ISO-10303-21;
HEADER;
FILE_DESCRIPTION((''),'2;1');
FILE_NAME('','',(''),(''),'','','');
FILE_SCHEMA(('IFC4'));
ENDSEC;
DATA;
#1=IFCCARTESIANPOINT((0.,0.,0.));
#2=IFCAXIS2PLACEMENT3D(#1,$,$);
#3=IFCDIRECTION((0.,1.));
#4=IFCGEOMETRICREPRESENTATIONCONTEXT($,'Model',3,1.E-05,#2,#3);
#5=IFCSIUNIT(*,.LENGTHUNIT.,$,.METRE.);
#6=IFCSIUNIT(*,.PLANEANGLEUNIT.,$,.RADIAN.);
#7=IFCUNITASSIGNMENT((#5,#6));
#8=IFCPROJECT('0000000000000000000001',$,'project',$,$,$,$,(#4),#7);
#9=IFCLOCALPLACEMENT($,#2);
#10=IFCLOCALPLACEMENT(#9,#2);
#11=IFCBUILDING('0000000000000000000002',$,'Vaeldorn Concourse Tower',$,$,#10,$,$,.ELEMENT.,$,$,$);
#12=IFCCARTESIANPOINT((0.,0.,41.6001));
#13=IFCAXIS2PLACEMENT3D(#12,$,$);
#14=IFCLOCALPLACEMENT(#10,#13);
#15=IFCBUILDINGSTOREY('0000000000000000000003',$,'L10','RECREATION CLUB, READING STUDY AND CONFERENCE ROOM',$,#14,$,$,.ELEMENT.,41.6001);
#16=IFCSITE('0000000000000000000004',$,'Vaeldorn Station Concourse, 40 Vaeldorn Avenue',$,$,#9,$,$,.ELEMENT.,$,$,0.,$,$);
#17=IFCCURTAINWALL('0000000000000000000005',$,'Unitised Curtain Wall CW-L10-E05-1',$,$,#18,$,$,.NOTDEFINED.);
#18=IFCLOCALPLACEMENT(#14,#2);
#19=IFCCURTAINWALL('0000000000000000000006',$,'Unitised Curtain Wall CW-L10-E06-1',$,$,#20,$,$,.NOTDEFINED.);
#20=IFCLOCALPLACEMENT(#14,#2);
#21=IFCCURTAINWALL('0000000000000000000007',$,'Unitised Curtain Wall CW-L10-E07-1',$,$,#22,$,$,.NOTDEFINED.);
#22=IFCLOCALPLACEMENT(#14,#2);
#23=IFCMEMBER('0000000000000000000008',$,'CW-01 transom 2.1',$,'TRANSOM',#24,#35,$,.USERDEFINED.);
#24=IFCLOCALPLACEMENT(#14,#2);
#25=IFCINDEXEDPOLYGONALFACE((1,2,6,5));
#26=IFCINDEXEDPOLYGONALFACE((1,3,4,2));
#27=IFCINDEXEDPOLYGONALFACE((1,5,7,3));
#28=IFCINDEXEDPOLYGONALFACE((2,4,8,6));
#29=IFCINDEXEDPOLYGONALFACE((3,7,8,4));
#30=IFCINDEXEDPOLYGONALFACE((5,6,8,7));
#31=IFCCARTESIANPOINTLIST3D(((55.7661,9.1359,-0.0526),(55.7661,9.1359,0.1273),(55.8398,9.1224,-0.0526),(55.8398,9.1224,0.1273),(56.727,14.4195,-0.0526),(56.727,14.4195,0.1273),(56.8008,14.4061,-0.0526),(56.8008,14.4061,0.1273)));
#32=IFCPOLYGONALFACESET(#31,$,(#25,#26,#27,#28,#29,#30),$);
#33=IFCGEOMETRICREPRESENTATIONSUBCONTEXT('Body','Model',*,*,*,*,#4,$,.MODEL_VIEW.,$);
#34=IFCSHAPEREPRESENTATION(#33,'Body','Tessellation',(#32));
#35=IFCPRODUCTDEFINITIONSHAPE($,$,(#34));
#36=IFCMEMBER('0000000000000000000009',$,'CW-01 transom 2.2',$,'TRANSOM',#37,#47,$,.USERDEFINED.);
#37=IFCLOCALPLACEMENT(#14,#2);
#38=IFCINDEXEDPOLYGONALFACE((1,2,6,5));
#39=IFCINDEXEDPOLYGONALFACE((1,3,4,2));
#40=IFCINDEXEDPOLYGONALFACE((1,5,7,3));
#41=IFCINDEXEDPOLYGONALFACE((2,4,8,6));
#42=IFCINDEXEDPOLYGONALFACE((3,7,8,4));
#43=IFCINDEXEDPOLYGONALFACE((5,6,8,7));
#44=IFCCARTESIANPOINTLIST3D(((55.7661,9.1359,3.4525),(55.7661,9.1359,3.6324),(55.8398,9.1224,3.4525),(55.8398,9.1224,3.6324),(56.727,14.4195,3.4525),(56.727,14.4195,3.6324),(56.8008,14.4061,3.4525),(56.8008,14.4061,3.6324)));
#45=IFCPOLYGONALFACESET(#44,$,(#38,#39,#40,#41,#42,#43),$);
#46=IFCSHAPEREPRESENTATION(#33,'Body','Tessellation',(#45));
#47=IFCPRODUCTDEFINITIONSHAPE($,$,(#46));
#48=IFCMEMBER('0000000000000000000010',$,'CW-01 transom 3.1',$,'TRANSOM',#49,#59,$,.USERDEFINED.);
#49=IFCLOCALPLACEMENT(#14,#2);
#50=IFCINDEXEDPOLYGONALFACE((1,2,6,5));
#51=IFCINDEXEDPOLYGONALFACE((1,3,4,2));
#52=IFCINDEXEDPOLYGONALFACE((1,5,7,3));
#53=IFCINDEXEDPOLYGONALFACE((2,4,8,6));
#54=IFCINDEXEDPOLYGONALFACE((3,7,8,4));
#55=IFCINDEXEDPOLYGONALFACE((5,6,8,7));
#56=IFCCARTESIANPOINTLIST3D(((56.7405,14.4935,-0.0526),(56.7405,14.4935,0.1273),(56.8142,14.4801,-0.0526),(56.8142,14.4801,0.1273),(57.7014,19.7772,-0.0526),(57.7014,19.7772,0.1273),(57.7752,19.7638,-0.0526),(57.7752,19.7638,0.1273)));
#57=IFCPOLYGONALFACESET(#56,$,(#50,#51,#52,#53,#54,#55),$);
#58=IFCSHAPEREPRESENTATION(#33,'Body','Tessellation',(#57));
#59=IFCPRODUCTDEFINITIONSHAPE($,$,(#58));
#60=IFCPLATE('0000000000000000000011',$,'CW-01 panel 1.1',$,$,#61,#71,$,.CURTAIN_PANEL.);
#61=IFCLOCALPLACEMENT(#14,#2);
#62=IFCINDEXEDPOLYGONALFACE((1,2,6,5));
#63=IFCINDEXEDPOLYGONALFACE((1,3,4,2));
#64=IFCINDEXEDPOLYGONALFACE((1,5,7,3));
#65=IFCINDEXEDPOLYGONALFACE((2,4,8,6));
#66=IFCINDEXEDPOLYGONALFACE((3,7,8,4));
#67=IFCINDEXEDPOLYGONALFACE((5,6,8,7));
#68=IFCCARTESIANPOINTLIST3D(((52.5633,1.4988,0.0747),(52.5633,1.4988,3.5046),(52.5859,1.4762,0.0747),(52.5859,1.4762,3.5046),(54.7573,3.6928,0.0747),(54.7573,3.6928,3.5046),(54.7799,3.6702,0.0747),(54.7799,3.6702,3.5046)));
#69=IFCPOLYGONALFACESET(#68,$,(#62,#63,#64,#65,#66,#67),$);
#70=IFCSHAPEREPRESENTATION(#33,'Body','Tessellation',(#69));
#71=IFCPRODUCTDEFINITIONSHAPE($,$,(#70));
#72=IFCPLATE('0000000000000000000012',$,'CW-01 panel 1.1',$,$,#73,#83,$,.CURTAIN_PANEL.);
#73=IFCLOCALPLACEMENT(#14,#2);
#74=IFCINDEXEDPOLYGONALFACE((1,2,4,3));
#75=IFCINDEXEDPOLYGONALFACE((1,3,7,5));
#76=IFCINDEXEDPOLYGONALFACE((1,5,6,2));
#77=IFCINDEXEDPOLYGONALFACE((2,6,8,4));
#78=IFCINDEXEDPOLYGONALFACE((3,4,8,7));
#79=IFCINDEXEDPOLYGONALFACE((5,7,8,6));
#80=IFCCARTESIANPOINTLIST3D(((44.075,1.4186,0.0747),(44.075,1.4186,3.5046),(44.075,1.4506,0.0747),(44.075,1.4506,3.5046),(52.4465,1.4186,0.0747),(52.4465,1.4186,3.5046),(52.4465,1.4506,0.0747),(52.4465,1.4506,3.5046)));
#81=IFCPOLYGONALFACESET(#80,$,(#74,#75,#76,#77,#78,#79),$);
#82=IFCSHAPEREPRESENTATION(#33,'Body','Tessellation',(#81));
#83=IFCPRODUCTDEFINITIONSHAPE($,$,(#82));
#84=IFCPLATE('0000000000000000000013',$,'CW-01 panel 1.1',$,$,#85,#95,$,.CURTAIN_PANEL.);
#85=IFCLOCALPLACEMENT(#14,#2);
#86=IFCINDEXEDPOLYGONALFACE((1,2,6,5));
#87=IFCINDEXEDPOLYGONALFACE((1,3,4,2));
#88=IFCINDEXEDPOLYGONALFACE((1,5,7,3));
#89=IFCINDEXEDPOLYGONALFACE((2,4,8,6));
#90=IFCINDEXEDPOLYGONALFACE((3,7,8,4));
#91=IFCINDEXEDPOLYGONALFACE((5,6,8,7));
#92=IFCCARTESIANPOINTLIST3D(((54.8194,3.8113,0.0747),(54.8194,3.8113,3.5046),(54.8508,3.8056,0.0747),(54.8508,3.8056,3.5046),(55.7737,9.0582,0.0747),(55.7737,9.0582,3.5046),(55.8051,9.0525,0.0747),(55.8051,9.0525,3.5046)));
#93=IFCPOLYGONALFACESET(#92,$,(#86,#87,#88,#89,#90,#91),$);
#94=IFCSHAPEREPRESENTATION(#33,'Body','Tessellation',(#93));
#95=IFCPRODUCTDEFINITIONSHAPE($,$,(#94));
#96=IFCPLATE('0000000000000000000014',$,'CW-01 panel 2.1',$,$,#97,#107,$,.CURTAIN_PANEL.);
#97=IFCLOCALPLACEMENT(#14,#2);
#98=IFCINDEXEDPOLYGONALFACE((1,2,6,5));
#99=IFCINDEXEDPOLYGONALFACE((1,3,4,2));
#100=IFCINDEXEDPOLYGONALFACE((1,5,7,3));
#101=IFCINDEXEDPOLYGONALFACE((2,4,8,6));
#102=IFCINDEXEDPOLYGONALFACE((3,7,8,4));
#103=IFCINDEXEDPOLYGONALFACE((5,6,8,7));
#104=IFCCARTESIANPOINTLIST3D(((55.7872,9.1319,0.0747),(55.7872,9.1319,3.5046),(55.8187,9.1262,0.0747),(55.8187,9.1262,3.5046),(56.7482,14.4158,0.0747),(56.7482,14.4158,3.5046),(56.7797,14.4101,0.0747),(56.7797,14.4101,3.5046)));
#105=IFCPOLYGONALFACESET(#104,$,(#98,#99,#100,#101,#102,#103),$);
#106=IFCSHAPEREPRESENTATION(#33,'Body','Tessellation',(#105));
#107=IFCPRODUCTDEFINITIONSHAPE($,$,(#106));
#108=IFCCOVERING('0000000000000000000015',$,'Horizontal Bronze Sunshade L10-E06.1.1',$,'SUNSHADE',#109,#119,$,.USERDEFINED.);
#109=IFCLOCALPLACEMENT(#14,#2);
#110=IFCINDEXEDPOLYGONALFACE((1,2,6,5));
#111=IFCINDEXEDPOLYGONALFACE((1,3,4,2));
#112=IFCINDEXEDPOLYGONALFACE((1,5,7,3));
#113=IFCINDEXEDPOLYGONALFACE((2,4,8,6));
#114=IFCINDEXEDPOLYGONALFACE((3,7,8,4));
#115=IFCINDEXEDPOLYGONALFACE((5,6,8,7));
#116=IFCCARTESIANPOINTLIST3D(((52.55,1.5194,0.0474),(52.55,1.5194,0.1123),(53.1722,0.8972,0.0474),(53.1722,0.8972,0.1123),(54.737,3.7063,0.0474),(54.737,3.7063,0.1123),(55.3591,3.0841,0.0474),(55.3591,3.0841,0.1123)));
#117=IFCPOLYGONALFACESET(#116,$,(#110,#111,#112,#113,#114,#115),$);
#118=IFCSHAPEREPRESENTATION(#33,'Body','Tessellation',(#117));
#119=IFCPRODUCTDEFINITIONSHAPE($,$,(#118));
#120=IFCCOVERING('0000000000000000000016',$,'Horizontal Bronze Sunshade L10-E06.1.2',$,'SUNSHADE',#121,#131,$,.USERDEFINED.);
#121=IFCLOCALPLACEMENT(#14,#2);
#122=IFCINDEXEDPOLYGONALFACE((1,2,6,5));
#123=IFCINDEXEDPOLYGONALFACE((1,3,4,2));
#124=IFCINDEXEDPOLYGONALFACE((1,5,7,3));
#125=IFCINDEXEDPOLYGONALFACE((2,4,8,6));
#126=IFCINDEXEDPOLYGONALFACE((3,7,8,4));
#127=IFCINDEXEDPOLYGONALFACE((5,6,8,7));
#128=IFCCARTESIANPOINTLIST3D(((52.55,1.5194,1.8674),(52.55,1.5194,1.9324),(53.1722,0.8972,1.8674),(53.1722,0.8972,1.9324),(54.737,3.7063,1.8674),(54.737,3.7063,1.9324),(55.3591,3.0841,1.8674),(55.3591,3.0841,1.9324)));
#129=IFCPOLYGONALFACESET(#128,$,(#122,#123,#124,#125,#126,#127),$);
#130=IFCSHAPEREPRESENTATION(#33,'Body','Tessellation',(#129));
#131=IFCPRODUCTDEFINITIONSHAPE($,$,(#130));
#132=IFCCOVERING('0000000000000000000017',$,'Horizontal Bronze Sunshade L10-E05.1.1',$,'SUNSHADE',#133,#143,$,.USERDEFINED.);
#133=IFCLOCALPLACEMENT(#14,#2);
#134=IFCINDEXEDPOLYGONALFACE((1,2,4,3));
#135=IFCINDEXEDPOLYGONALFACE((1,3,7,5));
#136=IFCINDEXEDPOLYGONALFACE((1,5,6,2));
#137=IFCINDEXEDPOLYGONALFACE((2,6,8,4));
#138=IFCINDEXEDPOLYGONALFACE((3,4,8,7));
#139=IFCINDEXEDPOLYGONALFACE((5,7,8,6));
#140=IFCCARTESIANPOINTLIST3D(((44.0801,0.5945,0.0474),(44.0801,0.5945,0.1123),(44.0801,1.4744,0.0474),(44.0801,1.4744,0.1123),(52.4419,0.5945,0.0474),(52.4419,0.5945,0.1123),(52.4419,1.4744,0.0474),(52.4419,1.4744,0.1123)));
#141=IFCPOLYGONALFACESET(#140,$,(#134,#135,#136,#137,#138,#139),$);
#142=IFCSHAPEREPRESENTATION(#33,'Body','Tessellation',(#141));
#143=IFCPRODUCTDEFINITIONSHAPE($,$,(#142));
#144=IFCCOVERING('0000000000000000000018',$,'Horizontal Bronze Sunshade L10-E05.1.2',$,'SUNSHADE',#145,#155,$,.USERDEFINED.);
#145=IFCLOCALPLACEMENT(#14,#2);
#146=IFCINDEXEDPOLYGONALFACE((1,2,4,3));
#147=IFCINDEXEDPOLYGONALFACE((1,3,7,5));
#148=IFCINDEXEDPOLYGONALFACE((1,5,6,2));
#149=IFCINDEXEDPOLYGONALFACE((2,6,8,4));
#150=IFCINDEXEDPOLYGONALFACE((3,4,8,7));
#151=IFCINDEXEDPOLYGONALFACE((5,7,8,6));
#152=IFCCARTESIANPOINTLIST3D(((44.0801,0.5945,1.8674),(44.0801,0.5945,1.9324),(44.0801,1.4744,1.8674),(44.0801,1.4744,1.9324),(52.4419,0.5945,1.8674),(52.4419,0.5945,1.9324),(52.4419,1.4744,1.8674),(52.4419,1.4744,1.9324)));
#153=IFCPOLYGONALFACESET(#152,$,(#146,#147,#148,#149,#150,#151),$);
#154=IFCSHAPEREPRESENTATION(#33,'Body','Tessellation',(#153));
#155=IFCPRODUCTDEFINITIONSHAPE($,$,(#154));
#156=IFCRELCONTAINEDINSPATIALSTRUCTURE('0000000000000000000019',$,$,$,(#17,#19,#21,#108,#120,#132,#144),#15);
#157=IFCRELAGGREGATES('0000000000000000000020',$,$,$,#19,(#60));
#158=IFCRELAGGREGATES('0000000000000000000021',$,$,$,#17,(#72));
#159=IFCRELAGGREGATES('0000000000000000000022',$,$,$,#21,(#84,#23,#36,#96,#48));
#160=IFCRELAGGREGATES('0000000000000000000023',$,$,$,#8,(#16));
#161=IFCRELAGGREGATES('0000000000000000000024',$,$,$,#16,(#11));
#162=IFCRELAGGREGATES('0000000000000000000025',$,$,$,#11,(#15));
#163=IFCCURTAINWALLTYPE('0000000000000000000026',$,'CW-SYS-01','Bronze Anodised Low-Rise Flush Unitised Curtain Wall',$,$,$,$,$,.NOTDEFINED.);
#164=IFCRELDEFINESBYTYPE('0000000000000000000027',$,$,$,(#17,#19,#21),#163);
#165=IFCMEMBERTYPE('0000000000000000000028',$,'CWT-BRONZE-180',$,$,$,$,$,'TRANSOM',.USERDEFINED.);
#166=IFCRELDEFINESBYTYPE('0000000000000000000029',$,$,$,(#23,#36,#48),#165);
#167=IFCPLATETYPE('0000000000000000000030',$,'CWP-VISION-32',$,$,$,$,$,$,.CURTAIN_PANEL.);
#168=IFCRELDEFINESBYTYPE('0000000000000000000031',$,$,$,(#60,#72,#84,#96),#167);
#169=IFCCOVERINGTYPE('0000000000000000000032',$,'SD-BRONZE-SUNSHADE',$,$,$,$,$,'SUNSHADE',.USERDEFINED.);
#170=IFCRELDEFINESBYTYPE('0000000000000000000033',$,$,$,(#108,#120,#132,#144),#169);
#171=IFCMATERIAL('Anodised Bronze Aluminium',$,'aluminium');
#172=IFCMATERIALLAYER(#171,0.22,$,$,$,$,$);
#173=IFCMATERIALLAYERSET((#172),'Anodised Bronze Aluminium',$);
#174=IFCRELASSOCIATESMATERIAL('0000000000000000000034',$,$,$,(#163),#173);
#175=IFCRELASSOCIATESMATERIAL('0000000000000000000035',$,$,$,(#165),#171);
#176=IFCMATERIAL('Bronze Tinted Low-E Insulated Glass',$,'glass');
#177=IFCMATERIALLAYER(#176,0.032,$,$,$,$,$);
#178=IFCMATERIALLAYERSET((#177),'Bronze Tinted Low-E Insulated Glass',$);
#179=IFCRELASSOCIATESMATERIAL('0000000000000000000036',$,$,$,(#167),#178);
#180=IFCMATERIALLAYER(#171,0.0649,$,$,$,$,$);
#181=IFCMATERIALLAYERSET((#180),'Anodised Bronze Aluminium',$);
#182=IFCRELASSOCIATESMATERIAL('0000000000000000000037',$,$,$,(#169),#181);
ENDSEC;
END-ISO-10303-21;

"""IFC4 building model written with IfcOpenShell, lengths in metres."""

from ifc_helpers import new_model, si_unit, direction, frame, origin, origin_2d, place, context, subcontext, project, spatial, rectangle, extrude, source, transform, mapped, material, layer, layer_set, material_profile, profile_set, type_object, element, aggregate, save


model = new_model("IFC4")

# Units and contexts
model_context = context("Model", 3, precision=1e-05, world=origin(), true_north=direction((0.0, 1.0)))
body_context = subcontext(model_context, "Body", "Model", "MODEL_VIEW")
ifc_project = project(units=[si_unit("LENGTHUNIT", "METRE"), si_unit("PLANEANGLEUNIT", "RADIAN")], contexts=[model_context])

# Site, building, storey
site_placement = place(None, origin())
site = spatial("IfcSite", under=ifc_project, at=site_placement, Name="Vaeldorn Station Concourse, 40 Vaeldorn Avenue", CompositionType="ELEMENT", RefElevation=0.0)
building_placement = place(site_placement, origin())
building = spatial("IfcBuilding", under=site, at=building_placement, Name="Vaeldorn Concourse Tower", CompositionType="ELEMENT")
storey_placement = place(building_placement, frame((0.0, 0.0, 41.6001)))
storey = spatial("IfcBuildingStorey", under=building, at=storey_placement, Name="L10", Description="RECREATION CLUB, READING STUDY AND CONFERENCE ROOM", CompositionType="ELEMENT", Elevation=41.6001)

# Curtain wall
ifc_material_1 = material(Name="Anodised Bronze Aluminium", Category="aluminium")
ifc_layer_1 = layer(ifc_material_1, 0.22)
ifc_layer_set_1 = layer_set([ifc_layer_1], Name="Anodised Bronze Aluminium")
curtain_wall_type = type_object("IfcCurtainWallType", Name="CW-SYS-01", Description="Bronze Anodised Low-Rise Flush Unitised Curtain Wall", PredefinedType="NOTDEFINED", material=ifc_layer_set_1)
curtain_wall_1_placement = place(storey_placement, origin())
curtain_wall_1 = element("IfcCurtainWall", 1, at=curtain_wall_1_placement, inside=storey, type_object=curtain_wall_type, Name="Unitised Curtain Wall CW-L10-E05-1", PredefinedType="NOTDEFINED")

# Curtain walls
curtain_wall_2_placement = place(storey_placement, origin())
curtain_wall_2 = element("IfcCurtainWall", 2, at=curtain_wall_2_placement, inside=storey, type_object=curtain_wall_type, Name="Unitised Curtain Wall CW-L10-E06-1", PredefinedType="NOTDEFINED")
curtain_wall_3_placement = place(storey_placement, origin())
curtain_wall_3 = element("IfcCurtainWall", 3, at=curtain_wall_3_placement, inside=storey, type_object=curtain_wall_type, Name="Unitised Curtain Wall CW-L10-E07-1", PredefinedType="NOTDEFINED")

# Members
ifc_material_profile_1 = material_profile(ifc_material_1, rectangle(XDim=0.075, YDim=0.1799, at=origin_2d()), Name="CWT 75x180")
ifc_profile_set_1 = profile_set([ifc_material_profile_1], Name="Anodised Bronze Aluminium")
member_type_1 = type_object("IfcMemberType", Name="CWT-BRONZE-180", ElementType="TRANSOM", PredefinedType="USERDEFINED", material=ifc_profile_set_1)
shared_shape_1 = source(origin(), body_context, "Body", "SweptSolid", [
    extrude(rectangle(XDim=0.075, YDim=0.1799, at=origin_2d()), origin(), (0.0, 0.0, 1.0), 5.3704),
])
member_1_placement = place(storey_placement, frame((55.803, 9.1292, 0.0374), z_axis=(0.178933, 0.983861, 0.0), x_axis=(-0.983861, 0.178933, 0.0)))
member_1 = element("IfcMember", 4, at=member_1_placement, type_object=member_type_1, Name="CW-01 transom 2.1", ObjectType="TRANSOM", PredefinedType="USERDEFINED", context=body_context, shape_type="MappedRepresentation", body=[
    mapped(shared_shape_1, transform((0.0, 0.0, 0.0), scale=1.0)),
])
member_2_placement = place(storey_placement, frame((55.803, 9.1292, 3.5425), z_axis=(0.178933, 0.983861, 0.0), x_axis=(-0.983861, 0.178933, 0.0)))
member_2 = element("IfcMember", 5, at=member_2_placement, type_object=member_type_1, Name="CW-01 transom 2.2", ObjectType="TRANSOM", PredefinedType="USERDEFINED", context=body_context, shape_type="MappedRepresentation", body=[
    mapped(shared_shape_1, transform((0.0, 0.0, 0.0), scale=1.0)),
])
member_3_placement = place(storey_placement, frame((56.7773, 14.4868, 0.0374), z_axis=(0.178933, 0.983861, 0.0), x_axis=(-0.983861, 0.178933, 0.0)))
member_3 = element("IfcMember", 6, at=member_3_placement, type_object=member_type_1, Name="CW-01 transom 3.1", ObjectType="TRANSOM", PredefinedType="USERDEFINED", context=body_context, shape_type="MappedRepresentation", body=[
    mapped(shared_shape_1, transform((0.0, 0.0, 0.0), scale=1.0)),
])

# Plates
ifc_material_2 = material(Name="Bronze Tinted Low-E Insulated Glass", Category="glass")
ifc_layer_2 = layer(ifc_material_2, 0.032)
ifc_layer_set_2 = layer_set([ifc_layer_2], Name="Bronze Tinted Low-E Insulated Glass")
plate_type = type_object("IfcPlateType", Name="CWP-VISION-32", PredefinedType="CURTAIN_PANEL", material=ifc_layer_set_2)
shared_shape_2 = source(origin(), body_context, "Body", "SweptSolid", [
    extrude(rectangle(XDim=3.1028, YDim=0.032, at=origin_2d()), origin(), (0.0, 0.0, 1.0), 3.4299),
])
plate_1_placement = place(storey_placement, frame((53.6716, 2.5845, 0.0747), z_axis=(0.0, 0.0, 1.0), x_axis=(0.707107, 0.707107, 0.0)))
plate_1 = element("IfcPlate", 7, at=plate_1_placement, type_object=plate_type, Name="CW-01 panel 1.1", PredefinedType="CURTAIN_PANEL", context=body_context, shape_type="MappedRepresentation", body=[
    mapped(shared_shape_2, transform((0.0, 0.0, 0.0), scale=1.0)),
])
aggregate(curtain_wall_2, [plate_1])
shared_shape_3 = source(origin(), body_context, "Body", "SweptSolid", [
    extrude(rectangle(XDim=8.3716, YDim=0.032, at=origin_2d()), origin(), (0.0, 0.0, 1.0), 3.4299),
])
plate_2_placement = place(storey_placement, frame((48.2607, 1.4346, 0.0747), z_axis=(0.0, 0.0, 1.0), x_axis=(1.0, 0.0, 0.0)))
plate_2 = element("IfcPlate", 8, at=plate_2_placement, type_object=plate_type, Name="CW-01 panel 1.1", PredefinedType="CURTAIN_PANEL", context=body_context, shape_type="MappedRepresentation", body=[
    mapped(shared_shape_3, transform((0.0, 0.0, 0.0), scale=1.0)),
])
aggregate(curtain_wall_1, [plate_2])
shared_shape_4 = source(origin(), body_context, "Body", "SweptSolid", [
    extrude(rectangle(XDim=5.333, YDim=0.032, at=origin_2d()), origin(), (0.0, 0.0, 1.0), 3.4299),
])
plate_3_placement = place(storey_placement, frame((55.3123, 6.4319, 0.0747), z_axis=(0.0, 0.0, 1.0), x_axis=(0.178944, 0.983859, 0.0)))
plate_3 = element("IfcPlate", 9, at=plate_3_placement, type_object=plate_type, Name="CW-01 panel 1.1", PredefinedType="CURTAIN_PANEL", context=body_context, shape_type="MappedRepresentation", body=[
    mapped(shared_shape_4, transform((0.0, 0.0, 0.0), scale=1.0)),
])
shared_shape_5 = source(origin(), body_context, "Body", "SweptSolid", [
    extrude(rectangle(XDim=5.3706, YDim=0.032, at=origin_2d()), origin(), (0.0, 0.0, 1.0), 3.4299),
])
plate_4_placement = place(storey_placement, frame((56.2834, 11.771, 0.0747), z_axis=(0.0, 0.0, 1.0), x_axis=(0.178944, 0.983859, 0.0)))
plate_4 = element("IfcPlate", 10, at=plate_4_placement, type_object=plate_type, Name="CW-01 panel 2.1", PredefinedType="CURTAIN_PANEL", context=body_context, shape_type="MappedRepresentation", body=[
    mapped(shared_shape_5, transform((0.0, 0.0, 0.0), scale=1.0)),
])
aggregate(curtain_wall_3, [plate_3, member_1, member_2, plate_4, member_3])

# Coverings
ifc_layer_3 = layer(ifc_material_1, 0.0649)
ifc_layer_set_3 = layer_set([ifc_layer_3], Name="Anodised Bronze Aluminium")
covering_type = type_object("IfcCoveringType", Name="SD-BRONZE-SUNSHADE", ElementType="SUNSHADE", PredefinedType="USERDEFINED", material=ifc_layer_set_3)
shared_shape_6 = source(origin(), body_context, "Body", "SweptSolid", [
    extrude(rectangle(XDim=3.0928, YDim=0.8799, at=origin_2d()), origin(), (0.0, 0.0, 1.0), 0.0649),
])
for number, where, z_axis, x_axis, name in (
    (11, (53.9546, 2.3018, 0.0474), (0.0, 0.0, 1.0), (0.707107, 0.707107, 0.0), "Horizontal Bronze Sunshade L10-E06.1.1"),
    (12, (53.9546, 2.3018, 1.8674), (0.0, 0.0, 1.0), (0.707107, 0.707107, 0.0), "Horizontal Bronze Sunshade L10-E06.1.2"),
):
    element("IfcCovering", number, at=place(storey_placement, frame(where, z_axis=z_axis, x_axis=x_axis)), inside=storey, type_object=covering_type, Name=name, ObjectType="SUNSHADE", PredefinedType="USERDEFINED", context=body_context, shape_type="MappedRepresentation", body=[
        mapped(shared_shape_6, transform((0.0, 0.0, 0.0), scale=1.0)),
    ])
shared_shape_7 = source(origin(), body_context, "Body", "SweptSolid", [
    extrude(rectangle(XDim=8.3618, YDim=0.8799, at=origin_2d()), origin(), (0.0, 0.0, 1.0), 0.0649),
])
for number, where, z_axis, x_axis, name in (
    (13, (48.261, 1.0344, 0.0474), (0.0, 0.0, 1.0), (1.0, 0.0, 0.0), "Horizontal Bronze Sunshade L10-E05.1.1"),
    (14, (48.261, 1.0344, 1.8674), (0.0, 0.0, 1.0), (1.0, 0.0, 0.0), "Horizontal Bronze Sunshade L10-E05.1.2"),
):
    element("IfcCovering", number, at=place(storey_placement, frame(where, z_axis=z_axis, x_axis=x_axis)), inside=storey, type_object=covering_type, Name=name, ObjectType="SUNSHADE", PredefinedType="USERDEFINED", context=body_context, shape_type="MappedRepresentation", body=[
        mapped(shared_shape_7, transform((0.0, 0.0, 0.0), scale=1.0)),
    ])

save(model, "model.ifc")
